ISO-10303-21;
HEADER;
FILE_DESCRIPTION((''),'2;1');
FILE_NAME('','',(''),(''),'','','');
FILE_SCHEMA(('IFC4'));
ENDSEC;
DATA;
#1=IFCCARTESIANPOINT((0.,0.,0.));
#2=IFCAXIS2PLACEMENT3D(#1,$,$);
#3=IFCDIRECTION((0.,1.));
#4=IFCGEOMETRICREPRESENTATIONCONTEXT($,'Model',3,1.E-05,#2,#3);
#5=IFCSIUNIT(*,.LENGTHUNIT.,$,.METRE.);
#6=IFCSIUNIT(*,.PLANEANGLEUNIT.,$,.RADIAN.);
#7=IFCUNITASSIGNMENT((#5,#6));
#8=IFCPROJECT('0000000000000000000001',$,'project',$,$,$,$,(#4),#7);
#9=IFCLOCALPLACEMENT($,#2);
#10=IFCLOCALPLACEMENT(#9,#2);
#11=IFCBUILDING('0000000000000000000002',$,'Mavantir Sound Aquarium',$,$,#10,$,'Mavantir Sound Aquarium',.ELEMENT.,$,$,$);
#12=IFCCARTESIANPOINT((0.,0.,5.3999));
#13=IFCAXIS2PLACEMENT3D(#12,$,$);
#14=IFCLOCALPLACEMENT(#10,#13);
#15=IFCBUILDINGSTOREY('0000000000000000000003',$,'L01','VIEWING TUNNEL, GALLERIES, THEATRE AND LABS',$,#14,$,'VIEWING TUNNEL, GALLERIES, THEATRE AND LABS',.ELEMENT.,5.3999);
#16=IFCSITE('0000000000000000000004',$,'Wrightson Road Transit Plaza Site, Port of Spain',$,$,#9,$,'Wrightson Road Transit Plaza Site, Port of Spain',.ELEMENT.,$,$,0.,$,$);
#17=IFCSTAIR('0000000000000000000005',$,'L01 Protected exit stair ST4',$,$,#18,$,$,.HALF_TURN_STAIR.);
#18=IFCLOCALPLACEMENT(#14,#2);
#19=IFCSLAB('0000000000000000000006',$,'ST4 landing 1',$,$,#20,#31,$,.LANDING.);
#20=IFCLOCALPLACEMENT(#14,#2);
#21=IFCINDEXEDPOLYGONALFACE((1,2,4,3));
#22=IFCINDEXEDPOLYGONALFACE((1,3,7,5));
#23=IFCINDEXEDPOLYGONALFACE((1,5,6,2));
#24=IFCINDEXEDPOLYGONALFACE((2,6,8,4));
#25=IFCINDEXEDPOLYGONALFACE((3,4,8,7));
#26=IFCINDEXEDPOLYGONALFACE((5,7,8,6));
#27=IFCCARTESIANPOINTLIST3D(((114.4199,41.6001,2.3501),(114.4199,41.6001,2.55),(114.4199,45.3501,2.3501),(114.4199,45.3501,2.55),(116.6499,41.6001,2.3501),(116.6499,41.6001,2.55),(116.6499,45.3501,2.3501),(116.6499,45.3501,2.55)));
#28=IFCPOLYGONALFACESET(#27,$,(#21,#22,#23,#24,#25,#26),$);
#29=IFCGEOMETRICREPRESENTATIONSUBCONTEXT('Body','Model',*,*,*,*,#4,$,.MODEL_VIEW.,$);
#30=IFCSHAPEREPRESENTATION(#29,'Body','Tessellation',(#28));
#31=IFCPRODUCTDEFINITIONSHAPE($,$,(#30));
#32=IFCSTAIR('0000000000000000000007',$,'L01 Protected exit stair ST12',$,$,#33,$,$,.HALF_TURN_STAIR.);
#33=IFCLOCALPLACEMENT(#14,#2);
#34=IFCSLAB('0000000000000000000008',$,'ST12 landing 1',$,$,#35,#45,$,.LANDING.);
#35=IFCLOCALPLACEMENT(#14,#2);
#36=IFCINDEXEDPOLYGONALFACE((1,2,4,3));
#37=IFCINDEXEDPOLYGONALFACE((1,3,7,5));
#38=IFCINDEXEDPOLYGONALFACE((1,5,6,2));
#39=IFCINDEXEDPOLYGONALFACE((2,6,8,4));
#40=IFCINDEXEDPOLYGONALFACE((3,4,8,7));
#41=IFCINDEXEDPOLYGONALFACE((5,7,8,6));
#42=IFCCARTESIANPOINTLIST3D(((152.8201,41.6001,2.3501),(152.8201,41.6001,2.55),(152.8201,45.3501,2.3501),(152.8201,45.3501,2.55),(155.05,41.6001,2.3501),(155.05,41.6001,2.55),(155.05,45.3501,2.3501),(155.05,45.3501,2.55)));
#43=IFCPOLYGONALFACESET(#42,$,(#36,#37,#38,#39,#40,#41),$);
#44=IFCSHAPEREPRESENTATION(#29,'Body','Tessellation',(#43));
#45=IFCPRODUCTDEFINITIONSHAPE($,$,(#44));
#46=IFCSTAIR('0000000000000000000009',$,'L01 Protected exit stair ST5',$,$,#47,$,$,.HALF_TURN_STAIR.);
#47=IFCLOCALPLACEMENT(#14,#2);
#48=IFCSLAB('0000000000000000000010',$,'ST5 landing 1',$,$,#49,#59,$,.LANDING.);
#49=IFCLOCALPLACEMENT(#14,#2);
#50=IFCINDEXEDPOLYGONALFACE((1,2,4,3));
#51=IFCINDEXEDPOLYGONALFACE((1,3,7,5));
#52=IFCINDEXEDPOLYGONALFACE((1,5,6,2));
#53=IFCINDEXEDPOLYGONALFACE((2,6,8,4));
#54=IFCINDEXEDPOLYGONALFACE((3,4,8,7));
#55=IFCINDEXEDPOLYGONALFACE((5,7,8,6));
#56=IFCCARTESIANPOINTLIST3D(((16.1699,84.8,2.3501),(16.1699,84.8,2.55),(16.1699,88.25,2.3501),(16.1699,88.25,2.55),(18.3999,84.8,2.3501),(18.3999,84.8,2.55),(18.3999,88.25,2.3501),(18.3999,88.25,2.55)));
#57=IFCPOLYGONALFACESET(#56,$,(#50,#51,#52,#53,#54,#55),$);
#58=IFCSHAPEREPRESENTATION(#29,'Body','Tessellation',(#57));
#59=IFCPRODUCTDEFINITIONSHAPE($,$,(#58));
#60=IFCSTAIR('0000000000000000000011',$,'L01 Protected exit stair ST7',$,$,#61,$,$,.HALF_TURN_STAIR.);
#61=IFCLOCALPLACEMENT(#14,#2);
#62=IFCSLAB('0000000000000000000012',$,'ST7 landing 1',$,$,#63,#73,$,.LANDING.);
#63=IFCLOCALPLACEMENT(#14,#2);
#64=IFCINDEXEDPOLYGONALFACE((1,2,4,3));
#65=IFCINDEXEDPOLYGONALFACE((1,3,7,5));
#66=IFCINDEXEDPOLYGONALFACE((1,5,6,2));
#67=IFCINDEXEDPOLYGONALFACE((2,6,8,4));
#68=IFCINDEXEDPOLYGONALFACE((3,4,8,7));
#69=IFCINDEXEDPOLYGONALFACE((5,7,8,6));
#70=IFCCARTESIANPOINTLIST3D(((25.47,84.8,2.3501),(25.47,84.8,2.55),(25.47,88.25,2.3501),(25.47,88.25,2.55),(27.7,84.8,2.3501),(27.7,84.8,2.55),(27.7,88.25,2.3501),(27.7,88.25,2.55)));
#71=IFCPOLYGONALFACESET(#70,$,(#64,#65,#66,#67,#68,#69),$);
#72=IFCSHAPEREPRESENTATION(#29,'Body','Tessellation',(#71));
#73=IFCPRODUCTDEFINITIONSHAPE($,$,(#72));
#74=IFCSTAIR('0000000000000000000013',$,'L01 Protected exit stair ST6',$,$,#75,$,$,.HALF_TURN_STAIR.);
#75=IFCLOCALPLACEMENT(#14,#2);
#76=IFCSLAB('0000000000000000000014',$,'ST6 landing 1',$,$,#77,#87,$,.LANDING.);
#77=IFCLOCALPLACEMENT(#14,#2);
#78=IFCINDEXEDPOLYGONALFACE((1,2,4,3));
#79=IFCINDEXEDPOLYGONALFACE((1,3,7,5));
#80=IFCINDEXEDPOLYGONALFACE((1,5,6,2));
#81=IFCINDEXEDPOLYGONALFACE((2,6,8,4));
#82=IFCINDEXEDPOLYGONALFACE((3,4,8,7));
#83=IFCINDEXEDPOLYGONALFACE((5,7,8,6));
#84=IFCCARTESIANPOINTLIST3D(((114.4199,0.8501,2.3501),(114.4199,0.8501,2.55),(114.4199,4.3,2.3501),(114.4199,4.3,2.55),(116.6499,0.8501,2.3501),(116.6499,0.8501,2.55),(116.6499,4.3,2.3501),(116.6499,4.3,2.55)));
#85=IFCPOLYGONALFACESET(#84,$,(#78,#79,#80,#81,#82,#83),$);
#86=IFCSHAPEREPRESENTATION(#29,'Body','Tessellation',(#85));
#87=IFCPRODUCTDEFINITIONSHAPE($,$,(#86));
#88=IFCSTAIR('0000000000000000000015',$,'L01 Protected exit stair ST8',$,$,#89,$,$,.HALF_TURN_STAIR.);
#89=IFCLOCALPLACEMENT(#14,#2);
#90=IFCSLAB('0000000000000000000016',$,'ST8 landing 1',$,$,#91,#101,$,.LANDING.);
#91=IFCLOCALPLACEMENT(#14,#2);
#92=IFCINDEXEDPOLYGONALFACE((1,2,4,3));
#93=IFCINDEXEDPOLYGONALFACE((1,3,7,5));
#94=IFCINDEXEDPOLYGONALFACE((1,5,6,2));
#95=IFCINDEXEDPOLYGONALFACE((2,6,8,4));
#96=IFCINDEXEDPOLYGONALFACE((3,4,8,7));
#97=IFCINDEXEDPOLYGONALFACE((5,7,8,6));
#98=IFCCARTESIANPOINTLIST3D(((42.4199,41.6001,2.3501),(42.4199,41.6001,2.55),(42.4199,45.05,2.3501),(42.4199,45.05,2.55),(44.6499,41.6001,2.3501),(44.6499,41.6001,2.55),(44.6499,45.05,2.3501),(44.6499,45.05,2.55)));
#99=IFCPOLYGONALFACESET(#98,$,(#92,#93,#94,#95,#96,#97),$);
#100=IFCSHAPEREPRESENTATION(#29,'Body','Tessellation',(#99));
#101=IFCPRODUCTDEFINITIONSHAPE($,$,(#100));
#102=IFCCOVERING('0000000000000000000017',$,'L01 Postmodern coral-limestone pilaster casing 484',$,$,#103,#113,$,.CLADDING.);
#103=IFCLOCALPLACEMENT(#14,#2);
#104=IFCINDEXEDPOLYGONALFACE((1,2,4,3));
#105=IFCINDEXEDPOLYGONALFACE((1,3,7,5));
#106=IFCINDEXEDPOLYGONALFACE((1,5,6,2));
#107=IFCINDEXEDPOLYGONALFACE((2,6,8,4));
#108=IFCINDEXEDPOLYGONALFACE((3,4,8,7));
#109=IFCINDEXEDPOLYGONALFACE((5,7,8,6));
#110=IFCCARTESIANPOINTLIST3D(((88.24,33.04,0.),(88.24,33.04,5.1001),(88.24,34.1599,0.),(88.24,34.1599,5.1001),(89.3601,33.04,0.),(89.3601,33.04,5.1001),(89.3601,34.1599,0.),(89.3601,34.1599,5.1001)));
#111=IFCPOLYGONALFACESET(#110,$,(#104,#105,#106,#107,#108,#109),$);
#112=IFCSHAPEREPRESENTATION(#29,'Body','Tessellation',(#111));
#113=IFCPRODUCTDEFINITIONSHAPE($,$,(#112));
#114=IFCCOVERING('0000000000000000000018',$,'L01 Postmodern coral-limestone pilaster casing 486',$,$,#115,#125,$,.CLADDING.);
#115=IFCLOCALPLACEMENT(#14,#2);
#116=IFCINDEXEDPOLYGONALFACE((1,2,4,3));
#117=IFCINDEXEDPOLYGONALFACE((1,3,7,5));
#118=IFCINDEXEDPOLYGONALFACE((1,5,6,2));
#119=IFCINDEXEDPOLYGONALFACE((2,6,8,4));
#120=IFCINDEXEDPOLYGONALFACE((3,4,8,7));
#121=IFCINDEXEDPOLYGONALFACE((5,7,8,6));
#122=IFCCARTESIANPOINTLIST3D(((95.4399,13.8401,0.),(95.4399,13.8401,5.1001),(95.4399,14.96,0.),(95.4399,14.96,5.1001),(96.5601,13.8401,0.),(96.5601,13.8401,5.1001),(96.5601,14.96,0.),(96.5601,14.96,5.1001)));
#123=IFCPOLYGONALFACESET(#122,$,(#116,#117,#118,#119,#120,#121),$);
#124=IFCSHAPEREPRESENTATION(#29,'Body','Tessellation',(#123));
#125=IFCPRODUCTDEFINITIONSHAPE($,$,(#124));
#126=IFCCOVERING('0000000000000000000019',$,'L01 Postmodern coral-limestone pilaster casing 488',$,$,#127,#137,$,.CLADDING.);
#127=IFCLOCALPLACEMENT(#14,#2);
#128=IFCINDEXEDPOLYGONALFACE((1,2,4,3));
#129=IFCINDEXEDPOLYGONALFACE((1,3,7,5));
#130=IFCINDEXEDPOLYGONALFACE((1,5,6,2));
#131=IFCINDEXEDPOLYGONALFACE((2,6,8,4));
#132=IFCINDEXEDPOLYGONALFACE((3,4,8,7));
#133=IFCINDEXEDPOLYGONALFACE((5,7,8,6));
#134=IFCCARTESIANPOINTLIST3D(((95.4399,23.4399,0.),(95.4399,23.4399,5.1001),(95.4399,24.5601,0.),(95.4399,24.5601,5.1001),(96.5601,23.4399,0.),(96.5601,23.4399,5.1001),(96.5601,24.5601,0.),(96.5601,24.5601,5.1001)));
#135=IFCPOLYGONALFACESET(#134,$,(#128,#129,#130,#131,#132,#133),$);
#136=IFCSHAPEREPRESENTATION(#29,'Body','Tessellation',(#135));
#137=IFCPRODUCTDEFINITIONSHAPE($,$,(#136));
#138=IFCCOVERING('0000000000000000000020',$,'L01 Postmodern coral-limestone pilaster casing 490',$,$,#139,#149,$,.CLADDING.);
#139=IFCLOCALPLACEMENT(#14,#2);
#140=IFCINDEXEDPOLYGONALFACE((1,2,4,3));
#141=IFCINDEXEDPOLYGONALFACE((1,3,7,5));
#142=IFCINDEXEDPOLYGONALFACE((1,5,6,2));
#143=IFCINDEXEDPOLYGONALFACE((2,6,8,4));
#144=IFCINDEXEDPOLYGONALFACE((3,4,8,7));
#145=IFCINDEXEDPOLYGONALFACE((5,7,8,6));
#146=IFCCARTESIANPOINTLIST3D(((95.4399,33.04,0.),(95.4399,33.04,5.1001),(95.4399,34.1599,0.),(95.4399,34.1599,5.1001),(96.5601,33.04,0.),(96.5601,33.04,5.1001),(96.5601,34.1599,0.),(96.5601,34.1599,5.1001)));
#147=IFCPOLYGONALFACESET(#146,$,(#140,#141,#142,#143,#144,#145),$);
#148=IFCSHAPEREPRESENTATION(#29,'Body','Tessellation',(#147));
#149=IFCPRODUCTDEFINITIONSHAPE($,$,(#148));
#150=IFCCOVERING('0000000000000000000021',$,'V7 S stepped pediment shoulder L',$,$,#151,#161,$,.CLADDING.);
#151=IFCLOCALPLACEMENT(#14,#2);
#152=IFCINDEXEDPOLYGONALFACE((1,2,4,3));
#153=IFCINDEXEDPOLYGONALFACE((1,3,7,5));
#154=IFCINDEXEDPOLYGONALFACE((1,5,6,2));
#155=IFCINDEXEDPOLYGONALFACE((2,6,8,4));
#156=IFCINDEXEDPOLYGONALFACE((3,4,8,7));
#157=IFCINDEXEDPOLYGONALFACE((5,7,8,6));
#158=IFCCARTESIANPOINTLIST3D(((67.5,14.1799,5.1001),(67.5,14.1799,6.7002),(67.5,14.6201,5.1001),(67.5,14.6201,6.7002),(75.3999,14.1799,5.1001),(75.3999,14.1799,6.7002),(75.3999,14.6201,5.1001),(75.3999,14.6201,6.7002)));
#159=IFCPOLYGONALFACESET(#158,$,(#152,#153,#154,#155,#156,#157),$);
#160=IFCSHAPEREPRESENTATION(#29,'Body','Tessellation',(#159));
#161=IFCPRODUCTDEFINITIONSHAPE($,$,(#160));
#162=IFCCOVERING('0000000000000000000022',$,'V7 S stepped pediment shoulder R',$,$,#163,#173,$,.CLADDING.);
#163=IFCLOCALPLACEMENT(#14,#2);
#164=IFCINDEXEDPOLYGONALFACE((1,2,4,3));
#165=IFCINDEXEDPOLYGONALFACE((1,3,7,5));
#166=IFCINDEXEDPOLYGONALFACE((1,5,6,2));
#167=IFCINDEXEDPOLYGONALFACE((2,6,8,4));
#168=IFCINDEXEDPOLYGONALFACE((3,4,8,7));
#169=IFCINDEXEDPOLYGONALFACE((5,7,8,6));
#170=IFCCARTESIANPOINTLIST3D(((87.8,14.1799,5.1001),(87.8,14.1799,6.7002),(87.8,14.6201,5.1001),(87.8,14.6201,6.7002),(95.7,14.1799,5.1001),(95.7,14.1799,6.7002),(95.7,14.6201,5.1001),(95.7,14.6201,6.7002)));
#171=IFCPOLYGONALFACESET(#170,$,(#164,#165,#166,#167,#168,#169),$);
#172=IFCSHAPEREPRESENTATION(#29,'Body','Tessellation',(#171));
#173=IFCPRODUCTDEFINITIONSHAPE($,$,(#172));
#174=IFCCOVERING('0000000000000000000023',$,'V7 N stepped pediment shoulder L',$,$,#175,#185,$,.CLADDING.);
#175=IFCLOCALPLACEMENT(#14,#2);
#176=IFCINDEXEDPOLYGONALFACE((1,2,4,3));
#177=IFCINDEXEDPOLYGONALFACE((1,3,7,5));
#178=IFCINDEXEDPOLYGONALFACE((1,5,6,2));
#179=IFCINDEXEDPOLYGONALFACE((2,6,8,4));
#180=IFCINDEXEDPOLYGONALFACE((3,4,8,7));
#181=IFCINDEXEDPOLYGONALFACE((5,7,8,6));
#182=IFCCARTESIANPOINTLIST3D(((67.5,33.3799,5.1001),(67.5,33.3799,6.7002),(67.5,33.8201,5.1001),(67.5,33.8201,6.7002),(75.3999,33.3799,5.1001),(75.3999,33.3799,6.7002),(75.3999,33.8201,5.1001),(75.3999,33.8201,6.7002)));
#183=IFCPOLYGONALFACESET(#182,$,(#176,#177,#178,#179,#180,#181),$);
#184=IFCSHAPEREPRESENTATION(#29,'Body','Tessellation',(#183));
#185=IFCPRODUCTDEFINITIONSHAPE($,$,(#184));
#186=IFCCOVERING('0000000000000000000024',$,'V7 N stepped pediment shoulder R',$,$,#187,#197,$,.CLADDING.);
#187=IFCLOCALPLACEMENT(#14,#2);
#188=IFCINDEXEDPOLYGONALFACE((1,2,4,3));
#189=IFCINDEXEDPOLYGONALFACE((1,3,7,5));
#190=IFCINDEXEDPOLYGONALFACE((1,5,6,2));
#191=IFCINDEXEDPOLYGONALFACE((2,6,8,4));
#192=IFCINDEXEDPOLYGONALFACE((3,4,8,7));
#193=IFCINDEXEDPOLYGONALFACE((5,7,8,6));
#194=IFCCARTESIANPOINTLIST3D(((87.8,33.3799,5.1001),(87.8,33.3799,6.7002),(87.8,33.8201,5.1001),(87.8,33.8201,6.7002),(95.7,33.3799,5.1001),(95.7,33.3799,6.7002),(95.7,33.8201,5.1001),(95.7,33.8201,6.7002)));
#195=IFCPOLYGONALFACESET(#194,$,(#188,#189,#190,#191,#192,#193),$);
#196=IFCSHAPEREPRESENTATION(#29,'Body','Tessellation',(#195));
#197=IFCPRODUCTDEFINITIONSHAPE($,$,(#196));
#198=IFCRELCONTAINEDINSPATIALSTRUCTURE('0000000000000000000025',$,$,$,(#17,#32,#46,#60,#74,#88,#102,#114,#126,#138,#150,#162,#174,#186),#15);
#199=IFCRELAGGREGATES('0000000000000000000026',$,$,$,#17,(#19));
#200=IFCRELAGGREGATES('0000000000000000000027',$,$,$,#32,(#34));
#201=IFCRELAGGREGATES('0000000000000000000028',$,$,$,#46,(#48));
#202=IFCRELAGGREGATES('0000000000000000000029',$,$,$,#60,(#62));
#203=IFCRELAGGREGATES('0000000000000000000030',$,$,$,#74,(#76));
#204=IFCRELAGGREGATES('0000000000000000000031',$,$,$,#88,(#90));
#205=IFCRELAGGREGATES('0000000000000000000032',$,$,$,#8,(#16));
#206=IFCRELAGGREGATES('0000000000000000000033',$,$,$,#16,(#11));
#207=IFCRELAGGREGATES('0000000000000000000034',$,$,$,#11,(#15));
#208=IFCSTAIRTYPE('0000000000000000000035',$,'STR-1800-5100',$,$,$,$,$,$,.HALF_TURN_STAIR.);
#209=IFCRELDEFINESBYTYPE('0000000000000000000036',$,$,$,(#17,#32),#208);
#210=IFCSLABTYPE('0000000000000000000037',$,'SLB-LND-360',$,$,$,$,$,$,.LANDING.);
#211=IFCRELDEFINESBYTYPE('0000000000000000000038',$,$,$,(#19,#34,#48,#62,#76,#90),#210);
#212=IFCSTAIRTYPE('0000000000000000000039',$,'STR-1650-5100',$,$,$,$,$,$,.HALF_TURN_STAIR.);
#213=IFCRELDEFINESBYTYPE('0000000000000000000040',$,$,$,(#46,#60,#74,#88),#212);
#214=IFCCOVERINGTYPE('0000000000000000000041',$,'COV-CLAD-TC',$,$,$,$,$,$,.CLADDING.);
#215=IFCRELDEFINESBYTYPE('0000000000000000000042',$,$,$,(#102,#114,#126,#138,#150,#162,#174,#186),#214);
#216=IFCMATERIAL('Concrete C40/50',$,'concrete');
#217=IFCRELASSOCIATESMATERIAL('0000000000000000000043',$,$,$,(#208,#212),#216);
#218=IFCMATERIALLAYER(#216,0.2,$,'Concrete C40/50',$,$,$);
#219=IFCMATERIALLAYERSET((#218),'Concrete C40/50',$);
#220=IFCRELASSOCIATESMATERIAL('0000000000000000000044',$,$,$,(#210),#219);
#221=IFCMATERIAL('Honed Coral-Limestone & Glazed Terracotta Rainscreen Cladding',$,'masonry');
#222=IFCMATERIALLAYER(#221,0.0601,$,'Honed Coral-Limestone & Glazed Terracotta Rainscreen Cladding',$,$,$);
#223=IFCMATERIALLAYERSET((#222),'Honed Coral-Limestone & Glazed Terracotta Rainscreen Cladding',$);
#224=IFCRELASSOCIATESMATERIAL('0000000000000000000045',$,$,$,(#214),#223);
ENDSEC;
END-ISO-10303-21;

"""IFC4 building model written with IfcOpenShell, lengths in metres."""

from ifc_helpers import new_model, si_unit, direction, frame, origin, place, context, subcontext, project, spatial, polyline, outline, extrude, material, layer, layer_set, type_object, element, aggregate, save


model = new_model("IFC4")

# Units and contexts
model_context = context("Model", 3, precision=1e-05, world=origin(), true_north=direction((0.0, 1.0)))
body_context = subcontext(model_context, "Body", "Model", "MODEL_VIEW")
ifc_project = project(units=[si_unit("LENGTHUNIT", "METRE"), si_unit("PLANEANGLEUNIT", "RADIAN")], contexts=[model_context])

# Site, building, storey
site_placement = place(None, origin())
site = spatial("IfcSite", under=ifc_project, at=site_placement, Name="Wrightson Road Transit Plaza Site, Port of Spain", LongName="Wrightson Road Transit Plaza Site, Port of Spain", CompositionType="ELEMENT", RefElevation=0.0)
building_placement = place(site_placement, origin())
building = spatial("IfcBuilding", under=site, at=building_placement, Name="Mavantir Sound Aquarium", LongName="Mavantir Sound Aquarium", CompositionType="ELEMENT")
storey_placement = place(building_placement, frame((0.0, 0.0, 5.3999)))
storey = spatial("IfcBuildingStorey", under=building, at=storey_placement, Name="L01", Description="VIEWING TUNNEL, GALLERIES, THEATRE AND LABS", LongName="VIEWING TUNNEL, GALLERIES, THEATRE AND LABS", CompositionType="ELEMENT", Elevation=5.3999)

# Stairs, slabs
ifc_material_1 = material(Name="Concrete C40/50", Category="concrete")
stair_type_1 = type_object("IfcStairType", Name="STR-1800-5100", PredefinedType="HALF_TURN_STAIR", material=ifc_material_1)
ifc_layer_1 = layer(ifc_material_1, 0.2, Name="Concrete C40/50")
ifc_layer_set_1 = layer_set([ifc_layer_1], Name="Concrete C40/50")
slab_type = type_object("IfcSlabType", Name="SLB-LND-360", PredefinedType="LANDING", material=ifc_layer_set_1)
stair_1_placement = place(storey_placement, origin())
stair_1 = element("IfcStair", 1, at=stair_1_placement, inside=storey, type_object=stair_type_1, Name="L01 Protected exit stair ST4", PredefinedType="HALF_TURN_STAIR")
slab_1_placement = place(storey_placement, frame((0.0, 0.0, 2.3501)))
slab_1 = element("IfcSlab", 2, at=slab_1_placement, type_object=slab_type, Name="ST4 landing 1", PredefinedType="LANDING", context=body_context, shape_type="SweptSolid", body=[
    extrude(outline(polyline([(114.4199, 41.6001), (116.6499, 41.6001), (116.6499, 45.3501), (114.4199, 45.3501), (114.4199, 41.6001)])), origin(), (0.0, 0.0, 1.0), 0.2),
])
aggregate(stair_1, [slab_1])
stair_2_placement = place(storey_placement, origin())
stair_2 = element("IfcStair", 3, at=stair_2_placement, inside=storey, type_object=stair_type_1, Name="L01 Protected exit stair ST12", PredefinedType="HALF_TURN_STAIR")
slab_2_placement = place(storey_placement, frame((0.0, 0.0, 2.3501)))
slab_2 = element("IfcSlab", 4, at=slab_2_placement, type_object=slab_type, Name="ST12 landing 1", PredefinedType="LANDING", context=body_context, shape_type="SweptSolid", body=[
    extrude(outline(polyline([(152.8201, 41.6001), (155.05, 41.6001), (155.05, 45.3501), (152.8201, 45.3501), (152.8201, 41.6001)])), origin(), (0.0, 0.0, 1.0), 0.2),
])
aggregate(stair_2, [slab_2])
stair_type_2 = type_object("IfcStairType", Name="STR-1650-5100", PredefinedType="HALF_TURN_STAIR", material=ifc_material_1)
stair_3_placement = place(storey_placement, origin())
stair_3 = element("IfcStair", 5, at=stair_3_placement, inside=storey, type_object=stair_type_2, Name="L01 Protected exit stair ST5", PredefinedType="HALF_TURN_STAIR")
slab_3_placement = place(storey_placement, frame((0.0, 0.0, 2.3501)))
slab_3 = element("IfcSlab", 6, at=slab_3_placement, type_object=slab_type, Name="ST5 landing 1", PredefinedType="LANDING", context=body_context, shape_type="SweptSolid", body=[
    extrude(outline(polyline([(16.1699, 84.8), (18.3999, 84.8), (18.3999, 88.25), (16.1699, 88.25), (16.1699, 84.8)])), origin(), (0.0, 0.0, 1.0), 0.2),
])
aggregate(stair_3, [slab_3])
stair_4_placement = place(storey_placement, origin())
stair_4 = element("IfcStair", 7, at=stair_4_placement, inside=storey, type_object=stair_type_2, Name="L01 Protected exit stair ST7", PredefinedType="HALF_TURN_STAIR")
slab_4_placement = place(storey_placement, frame((0.0, 0.0, 2.3501)))
slab_4 = element("IfcSlab", 8, at=slab_4_placement, type_object=slab_type, Name="ST7 landing 1", PredefinedType="LANDING", context=body_context, shape_type="SweptSolid", body=[
    extrude(outline(polyline([(25.47, 84.8), (27.7, 84.8), (27.7, 88.25), (25.47, 88.25), (25.47, 84.8)])), origin(), (0.0, 0.0, 1.0), 0.2),
])
aggregate(stair_4, [slab_4])
stair_5_placement = place(storey_placement, origin())
stair_5 = element("IfcStair", 9, at=stair_5_placement, inside=storey, type_object=stair_type_2, Name="L01 Protected exit stair ST6", PredefinedType="HALF_TURN_STAIR")
slab_5_placement = place(storey_placement, frame((0.0, 0.0, 2.3501)))
slab_5 = element("IfcSlab", 10, at=slab_5_placement, type_object=slab_type, Name="ST6 landing 1", PredefinedType="LANDING", context=body_context, shape_type="SweptSolid", body=[
    extrude(outline(polyline([(114.4199, 0.8501), (116.6499, 0.8501), (116.6499, 4.3), (114.4199, 4.3), (114.4199, 0.8501)])), origin(), (0.0, 0.0, 1.0), 0.2),
])
aggregate(stair_5, [slab_5])
stair_6_placement = place(storey_placement, origin())
stair_6 = element("IfcStair", 11, at=stair_6_placement, inside=storey, type_object=stair_type_2, Name="L01 Protected exit stair ST8", PredefinedType="HALF_TURN_STAIR")
slab_6_placement = place(storey_placement, frame((0.0, 0.0, 2.3501)))
slab_6 = element("IfcSlab", 12, at=slab_6_placement, type_object=slab_type, Name="ST8 landing 1", PredefinedType="LANDING", context=body_context, shape_type="SweptSolid", body=[
    extrude(outline(polyline([(42.4199, 41.6001), (44.6499, 41.6001), (44.6499, 45.05), (42.4199, 45.05), (42.4199, 41.6001)])), origin(), (0.0, 0.0, 1.0), 0.2),
])
aggregate(stair_6, [slab_6])

# Coverings
ifc_material_2 = material(Name="Honed Coral-Limestone & Glazed Terracotta Rainscreen Cladding", Category="masonry")
ifc_layer_2 = layer(ifc_material_2, 0.0601, Name="Honed Coral-Limestone & Glazed Terracotta Rainscreen Cladding")
ifc_layer_set_2 = layer_set([ifc_layer_2], Name="Honed Coral-Limestone & Glazed Terracotta Rainscreen Cladding")
covering_type_1 = type_object("IfcCoveringType", Name="COV-CLAD-TC", PredefinedType="CLADDING", material=ifc_layer_set_2)
covering_1_placement = place(storey_placement, origin())
element("IfcCovering", 13, at=covering_1_placement, inside=storey, type_object=covering_type_1, Name="L01 Postmodern coral-limestone pilaster casing 484", PredefinedType="CLADDING", context=body_context, shape_type="SweptSolid", body=[
    extrude(outline(polyline([(88.24, 33.04), (89.3601, 33.04), (89.3601, 34.1599), (88.24, 34.1599), (88.24, 33.04)])), origin(), (0.0, 0.0, 1.0), 5.1001),
])
covering_2_placement = place(storey_placement, origin())
element("IfcCovering", 14, at=covering_2_placement, inside=storey, type_object=covering_type_1, Name="L01 Postmodern coral-limestone pilaster casing 486", PredefinedType="CLADDING", context=body_context, shape_type="SweptSolid", body=[
    extrude(outline(polyline([(95.4399, 13.8401), (96.5601, 13.8401), (96.5601, 14.96), (95.4399, 14.96), (95.4399, 13.8401)])), origin(), (0.0, 0.0, 1.0), 5.1001),
])
covering_3_placement = place(storey_placement, origin())
element("IfcCovering", 15, at=covering_3_placement, inside=storey, type_object=covering_type_1, Name="L01 Postmodern coral-limestone pilaster casing 488", PredefinedType="CLADDING", context=body_context, shape_type="SweptSolid", body=[
    extrude(outline(polyline([(95.4399, 23.4399), (96.5601, 23.4399), (96.5601, 24.5601), (95.4399, 24.5601), (95.4399, 23.4399)])), origin(), (0.0, 0.0, 1.0), 5.1001),
])
covering_4_placement = place(storey_placement, origin())
element("IfcCovering", 16, at=covering_4_placement, inside=storey, type_object=covering_type_1, Name="L01 Postmodern coral-limestone pilaster casing 490", PredefinedType="CLADDING", context=body_context, shape_type="SweptSolid", body=[
    extrude(outline(polyline([(95.4399, 33.04), (96.5601, 33.04), (96.5601, 34.1599), (95.4399, 34.1599), (95.4399, 33.04)])), origin(), (0.0, 0.0, 1.0), 5.1001),
])
covering_5_placement = place(storey_placement, frame((0.0, 0.0, 5.1001)))
element("IfcCovering", 17, at=covering_5_placement, inside=storey, type_object=covering_type_1, Name="V7 S stepped pediment shoulder L", PredefinedType="CLADDING", context=body_context, shape_type="SweptSolid", body=[
    extrude(outline(polyline([(67.5, 14.1799), (75.3999, 14.1799), (75.3999, 14.6201), (67.5, 14.6201), (67.5, 14.1799)])), origin(), (0.0, 0.0, 1.0), 1.6001),
])
covering_6_placement = place(storey_placement, frame((0.0, 0.0, 5.1001)))
element("IfcCovering", 18, at=covering_6_placement, inside=storey, type_object=covering_type_1, Name="V7 S stepped pediment shoulder R", PredefinedType="CLADDING", context=body_context, shape_type="SweptSolid", body=[
    extrude(outline(polyline([(87.8, 14.1799), (95.7, 14.1799), (95.7, 14.6201), (87.8, 14.6201), (87.8, 14.1799)])), origin(), (0.0, 0.0, 1.0), 1.6001),
])
covering_7_placement = place(storey_placement, frame((0.0, 0.0, 5.1001)))
element("IfcCovering", 19, at=covering_7_placement, inside=storey, type_object=covering_type_1, Name="V7 N stepped pediment shoulder L", PredefinedType="CLADDING", context=body_context, shape_type="SweptSolid", body=[
    extrude(outline(polyline([(67.5, 33.3799), (75.3999, 33.3799), (75.3999, 33.8201), (67.5, 33.8201), (67.5, 33.3799)])), origin(), (0.0, 0.0, 1.0), 1.6001),
])
covering_8_placement = place(storey_placement, frame((0.0, 0.0, 5.1001)))
element("IfcCovering", 20, at=covering_8_placement, inside=storey, type_object=covering_type_1, Name="V7 N stepped pediment shoulder R", PredefinedType="CLADDING", context=body_context, shape_type="SweptSolid", body=[
    extrude(outline(polyline([(87.8, 33.3799), (95.7, 33.3799), (95.7, 33.8201), (87.8, 33.8201), (87.8, 33.3799)])), origin(), (0.0, 0.0, 1.0), 1.6001),
])

save(model, "model.ifc")
